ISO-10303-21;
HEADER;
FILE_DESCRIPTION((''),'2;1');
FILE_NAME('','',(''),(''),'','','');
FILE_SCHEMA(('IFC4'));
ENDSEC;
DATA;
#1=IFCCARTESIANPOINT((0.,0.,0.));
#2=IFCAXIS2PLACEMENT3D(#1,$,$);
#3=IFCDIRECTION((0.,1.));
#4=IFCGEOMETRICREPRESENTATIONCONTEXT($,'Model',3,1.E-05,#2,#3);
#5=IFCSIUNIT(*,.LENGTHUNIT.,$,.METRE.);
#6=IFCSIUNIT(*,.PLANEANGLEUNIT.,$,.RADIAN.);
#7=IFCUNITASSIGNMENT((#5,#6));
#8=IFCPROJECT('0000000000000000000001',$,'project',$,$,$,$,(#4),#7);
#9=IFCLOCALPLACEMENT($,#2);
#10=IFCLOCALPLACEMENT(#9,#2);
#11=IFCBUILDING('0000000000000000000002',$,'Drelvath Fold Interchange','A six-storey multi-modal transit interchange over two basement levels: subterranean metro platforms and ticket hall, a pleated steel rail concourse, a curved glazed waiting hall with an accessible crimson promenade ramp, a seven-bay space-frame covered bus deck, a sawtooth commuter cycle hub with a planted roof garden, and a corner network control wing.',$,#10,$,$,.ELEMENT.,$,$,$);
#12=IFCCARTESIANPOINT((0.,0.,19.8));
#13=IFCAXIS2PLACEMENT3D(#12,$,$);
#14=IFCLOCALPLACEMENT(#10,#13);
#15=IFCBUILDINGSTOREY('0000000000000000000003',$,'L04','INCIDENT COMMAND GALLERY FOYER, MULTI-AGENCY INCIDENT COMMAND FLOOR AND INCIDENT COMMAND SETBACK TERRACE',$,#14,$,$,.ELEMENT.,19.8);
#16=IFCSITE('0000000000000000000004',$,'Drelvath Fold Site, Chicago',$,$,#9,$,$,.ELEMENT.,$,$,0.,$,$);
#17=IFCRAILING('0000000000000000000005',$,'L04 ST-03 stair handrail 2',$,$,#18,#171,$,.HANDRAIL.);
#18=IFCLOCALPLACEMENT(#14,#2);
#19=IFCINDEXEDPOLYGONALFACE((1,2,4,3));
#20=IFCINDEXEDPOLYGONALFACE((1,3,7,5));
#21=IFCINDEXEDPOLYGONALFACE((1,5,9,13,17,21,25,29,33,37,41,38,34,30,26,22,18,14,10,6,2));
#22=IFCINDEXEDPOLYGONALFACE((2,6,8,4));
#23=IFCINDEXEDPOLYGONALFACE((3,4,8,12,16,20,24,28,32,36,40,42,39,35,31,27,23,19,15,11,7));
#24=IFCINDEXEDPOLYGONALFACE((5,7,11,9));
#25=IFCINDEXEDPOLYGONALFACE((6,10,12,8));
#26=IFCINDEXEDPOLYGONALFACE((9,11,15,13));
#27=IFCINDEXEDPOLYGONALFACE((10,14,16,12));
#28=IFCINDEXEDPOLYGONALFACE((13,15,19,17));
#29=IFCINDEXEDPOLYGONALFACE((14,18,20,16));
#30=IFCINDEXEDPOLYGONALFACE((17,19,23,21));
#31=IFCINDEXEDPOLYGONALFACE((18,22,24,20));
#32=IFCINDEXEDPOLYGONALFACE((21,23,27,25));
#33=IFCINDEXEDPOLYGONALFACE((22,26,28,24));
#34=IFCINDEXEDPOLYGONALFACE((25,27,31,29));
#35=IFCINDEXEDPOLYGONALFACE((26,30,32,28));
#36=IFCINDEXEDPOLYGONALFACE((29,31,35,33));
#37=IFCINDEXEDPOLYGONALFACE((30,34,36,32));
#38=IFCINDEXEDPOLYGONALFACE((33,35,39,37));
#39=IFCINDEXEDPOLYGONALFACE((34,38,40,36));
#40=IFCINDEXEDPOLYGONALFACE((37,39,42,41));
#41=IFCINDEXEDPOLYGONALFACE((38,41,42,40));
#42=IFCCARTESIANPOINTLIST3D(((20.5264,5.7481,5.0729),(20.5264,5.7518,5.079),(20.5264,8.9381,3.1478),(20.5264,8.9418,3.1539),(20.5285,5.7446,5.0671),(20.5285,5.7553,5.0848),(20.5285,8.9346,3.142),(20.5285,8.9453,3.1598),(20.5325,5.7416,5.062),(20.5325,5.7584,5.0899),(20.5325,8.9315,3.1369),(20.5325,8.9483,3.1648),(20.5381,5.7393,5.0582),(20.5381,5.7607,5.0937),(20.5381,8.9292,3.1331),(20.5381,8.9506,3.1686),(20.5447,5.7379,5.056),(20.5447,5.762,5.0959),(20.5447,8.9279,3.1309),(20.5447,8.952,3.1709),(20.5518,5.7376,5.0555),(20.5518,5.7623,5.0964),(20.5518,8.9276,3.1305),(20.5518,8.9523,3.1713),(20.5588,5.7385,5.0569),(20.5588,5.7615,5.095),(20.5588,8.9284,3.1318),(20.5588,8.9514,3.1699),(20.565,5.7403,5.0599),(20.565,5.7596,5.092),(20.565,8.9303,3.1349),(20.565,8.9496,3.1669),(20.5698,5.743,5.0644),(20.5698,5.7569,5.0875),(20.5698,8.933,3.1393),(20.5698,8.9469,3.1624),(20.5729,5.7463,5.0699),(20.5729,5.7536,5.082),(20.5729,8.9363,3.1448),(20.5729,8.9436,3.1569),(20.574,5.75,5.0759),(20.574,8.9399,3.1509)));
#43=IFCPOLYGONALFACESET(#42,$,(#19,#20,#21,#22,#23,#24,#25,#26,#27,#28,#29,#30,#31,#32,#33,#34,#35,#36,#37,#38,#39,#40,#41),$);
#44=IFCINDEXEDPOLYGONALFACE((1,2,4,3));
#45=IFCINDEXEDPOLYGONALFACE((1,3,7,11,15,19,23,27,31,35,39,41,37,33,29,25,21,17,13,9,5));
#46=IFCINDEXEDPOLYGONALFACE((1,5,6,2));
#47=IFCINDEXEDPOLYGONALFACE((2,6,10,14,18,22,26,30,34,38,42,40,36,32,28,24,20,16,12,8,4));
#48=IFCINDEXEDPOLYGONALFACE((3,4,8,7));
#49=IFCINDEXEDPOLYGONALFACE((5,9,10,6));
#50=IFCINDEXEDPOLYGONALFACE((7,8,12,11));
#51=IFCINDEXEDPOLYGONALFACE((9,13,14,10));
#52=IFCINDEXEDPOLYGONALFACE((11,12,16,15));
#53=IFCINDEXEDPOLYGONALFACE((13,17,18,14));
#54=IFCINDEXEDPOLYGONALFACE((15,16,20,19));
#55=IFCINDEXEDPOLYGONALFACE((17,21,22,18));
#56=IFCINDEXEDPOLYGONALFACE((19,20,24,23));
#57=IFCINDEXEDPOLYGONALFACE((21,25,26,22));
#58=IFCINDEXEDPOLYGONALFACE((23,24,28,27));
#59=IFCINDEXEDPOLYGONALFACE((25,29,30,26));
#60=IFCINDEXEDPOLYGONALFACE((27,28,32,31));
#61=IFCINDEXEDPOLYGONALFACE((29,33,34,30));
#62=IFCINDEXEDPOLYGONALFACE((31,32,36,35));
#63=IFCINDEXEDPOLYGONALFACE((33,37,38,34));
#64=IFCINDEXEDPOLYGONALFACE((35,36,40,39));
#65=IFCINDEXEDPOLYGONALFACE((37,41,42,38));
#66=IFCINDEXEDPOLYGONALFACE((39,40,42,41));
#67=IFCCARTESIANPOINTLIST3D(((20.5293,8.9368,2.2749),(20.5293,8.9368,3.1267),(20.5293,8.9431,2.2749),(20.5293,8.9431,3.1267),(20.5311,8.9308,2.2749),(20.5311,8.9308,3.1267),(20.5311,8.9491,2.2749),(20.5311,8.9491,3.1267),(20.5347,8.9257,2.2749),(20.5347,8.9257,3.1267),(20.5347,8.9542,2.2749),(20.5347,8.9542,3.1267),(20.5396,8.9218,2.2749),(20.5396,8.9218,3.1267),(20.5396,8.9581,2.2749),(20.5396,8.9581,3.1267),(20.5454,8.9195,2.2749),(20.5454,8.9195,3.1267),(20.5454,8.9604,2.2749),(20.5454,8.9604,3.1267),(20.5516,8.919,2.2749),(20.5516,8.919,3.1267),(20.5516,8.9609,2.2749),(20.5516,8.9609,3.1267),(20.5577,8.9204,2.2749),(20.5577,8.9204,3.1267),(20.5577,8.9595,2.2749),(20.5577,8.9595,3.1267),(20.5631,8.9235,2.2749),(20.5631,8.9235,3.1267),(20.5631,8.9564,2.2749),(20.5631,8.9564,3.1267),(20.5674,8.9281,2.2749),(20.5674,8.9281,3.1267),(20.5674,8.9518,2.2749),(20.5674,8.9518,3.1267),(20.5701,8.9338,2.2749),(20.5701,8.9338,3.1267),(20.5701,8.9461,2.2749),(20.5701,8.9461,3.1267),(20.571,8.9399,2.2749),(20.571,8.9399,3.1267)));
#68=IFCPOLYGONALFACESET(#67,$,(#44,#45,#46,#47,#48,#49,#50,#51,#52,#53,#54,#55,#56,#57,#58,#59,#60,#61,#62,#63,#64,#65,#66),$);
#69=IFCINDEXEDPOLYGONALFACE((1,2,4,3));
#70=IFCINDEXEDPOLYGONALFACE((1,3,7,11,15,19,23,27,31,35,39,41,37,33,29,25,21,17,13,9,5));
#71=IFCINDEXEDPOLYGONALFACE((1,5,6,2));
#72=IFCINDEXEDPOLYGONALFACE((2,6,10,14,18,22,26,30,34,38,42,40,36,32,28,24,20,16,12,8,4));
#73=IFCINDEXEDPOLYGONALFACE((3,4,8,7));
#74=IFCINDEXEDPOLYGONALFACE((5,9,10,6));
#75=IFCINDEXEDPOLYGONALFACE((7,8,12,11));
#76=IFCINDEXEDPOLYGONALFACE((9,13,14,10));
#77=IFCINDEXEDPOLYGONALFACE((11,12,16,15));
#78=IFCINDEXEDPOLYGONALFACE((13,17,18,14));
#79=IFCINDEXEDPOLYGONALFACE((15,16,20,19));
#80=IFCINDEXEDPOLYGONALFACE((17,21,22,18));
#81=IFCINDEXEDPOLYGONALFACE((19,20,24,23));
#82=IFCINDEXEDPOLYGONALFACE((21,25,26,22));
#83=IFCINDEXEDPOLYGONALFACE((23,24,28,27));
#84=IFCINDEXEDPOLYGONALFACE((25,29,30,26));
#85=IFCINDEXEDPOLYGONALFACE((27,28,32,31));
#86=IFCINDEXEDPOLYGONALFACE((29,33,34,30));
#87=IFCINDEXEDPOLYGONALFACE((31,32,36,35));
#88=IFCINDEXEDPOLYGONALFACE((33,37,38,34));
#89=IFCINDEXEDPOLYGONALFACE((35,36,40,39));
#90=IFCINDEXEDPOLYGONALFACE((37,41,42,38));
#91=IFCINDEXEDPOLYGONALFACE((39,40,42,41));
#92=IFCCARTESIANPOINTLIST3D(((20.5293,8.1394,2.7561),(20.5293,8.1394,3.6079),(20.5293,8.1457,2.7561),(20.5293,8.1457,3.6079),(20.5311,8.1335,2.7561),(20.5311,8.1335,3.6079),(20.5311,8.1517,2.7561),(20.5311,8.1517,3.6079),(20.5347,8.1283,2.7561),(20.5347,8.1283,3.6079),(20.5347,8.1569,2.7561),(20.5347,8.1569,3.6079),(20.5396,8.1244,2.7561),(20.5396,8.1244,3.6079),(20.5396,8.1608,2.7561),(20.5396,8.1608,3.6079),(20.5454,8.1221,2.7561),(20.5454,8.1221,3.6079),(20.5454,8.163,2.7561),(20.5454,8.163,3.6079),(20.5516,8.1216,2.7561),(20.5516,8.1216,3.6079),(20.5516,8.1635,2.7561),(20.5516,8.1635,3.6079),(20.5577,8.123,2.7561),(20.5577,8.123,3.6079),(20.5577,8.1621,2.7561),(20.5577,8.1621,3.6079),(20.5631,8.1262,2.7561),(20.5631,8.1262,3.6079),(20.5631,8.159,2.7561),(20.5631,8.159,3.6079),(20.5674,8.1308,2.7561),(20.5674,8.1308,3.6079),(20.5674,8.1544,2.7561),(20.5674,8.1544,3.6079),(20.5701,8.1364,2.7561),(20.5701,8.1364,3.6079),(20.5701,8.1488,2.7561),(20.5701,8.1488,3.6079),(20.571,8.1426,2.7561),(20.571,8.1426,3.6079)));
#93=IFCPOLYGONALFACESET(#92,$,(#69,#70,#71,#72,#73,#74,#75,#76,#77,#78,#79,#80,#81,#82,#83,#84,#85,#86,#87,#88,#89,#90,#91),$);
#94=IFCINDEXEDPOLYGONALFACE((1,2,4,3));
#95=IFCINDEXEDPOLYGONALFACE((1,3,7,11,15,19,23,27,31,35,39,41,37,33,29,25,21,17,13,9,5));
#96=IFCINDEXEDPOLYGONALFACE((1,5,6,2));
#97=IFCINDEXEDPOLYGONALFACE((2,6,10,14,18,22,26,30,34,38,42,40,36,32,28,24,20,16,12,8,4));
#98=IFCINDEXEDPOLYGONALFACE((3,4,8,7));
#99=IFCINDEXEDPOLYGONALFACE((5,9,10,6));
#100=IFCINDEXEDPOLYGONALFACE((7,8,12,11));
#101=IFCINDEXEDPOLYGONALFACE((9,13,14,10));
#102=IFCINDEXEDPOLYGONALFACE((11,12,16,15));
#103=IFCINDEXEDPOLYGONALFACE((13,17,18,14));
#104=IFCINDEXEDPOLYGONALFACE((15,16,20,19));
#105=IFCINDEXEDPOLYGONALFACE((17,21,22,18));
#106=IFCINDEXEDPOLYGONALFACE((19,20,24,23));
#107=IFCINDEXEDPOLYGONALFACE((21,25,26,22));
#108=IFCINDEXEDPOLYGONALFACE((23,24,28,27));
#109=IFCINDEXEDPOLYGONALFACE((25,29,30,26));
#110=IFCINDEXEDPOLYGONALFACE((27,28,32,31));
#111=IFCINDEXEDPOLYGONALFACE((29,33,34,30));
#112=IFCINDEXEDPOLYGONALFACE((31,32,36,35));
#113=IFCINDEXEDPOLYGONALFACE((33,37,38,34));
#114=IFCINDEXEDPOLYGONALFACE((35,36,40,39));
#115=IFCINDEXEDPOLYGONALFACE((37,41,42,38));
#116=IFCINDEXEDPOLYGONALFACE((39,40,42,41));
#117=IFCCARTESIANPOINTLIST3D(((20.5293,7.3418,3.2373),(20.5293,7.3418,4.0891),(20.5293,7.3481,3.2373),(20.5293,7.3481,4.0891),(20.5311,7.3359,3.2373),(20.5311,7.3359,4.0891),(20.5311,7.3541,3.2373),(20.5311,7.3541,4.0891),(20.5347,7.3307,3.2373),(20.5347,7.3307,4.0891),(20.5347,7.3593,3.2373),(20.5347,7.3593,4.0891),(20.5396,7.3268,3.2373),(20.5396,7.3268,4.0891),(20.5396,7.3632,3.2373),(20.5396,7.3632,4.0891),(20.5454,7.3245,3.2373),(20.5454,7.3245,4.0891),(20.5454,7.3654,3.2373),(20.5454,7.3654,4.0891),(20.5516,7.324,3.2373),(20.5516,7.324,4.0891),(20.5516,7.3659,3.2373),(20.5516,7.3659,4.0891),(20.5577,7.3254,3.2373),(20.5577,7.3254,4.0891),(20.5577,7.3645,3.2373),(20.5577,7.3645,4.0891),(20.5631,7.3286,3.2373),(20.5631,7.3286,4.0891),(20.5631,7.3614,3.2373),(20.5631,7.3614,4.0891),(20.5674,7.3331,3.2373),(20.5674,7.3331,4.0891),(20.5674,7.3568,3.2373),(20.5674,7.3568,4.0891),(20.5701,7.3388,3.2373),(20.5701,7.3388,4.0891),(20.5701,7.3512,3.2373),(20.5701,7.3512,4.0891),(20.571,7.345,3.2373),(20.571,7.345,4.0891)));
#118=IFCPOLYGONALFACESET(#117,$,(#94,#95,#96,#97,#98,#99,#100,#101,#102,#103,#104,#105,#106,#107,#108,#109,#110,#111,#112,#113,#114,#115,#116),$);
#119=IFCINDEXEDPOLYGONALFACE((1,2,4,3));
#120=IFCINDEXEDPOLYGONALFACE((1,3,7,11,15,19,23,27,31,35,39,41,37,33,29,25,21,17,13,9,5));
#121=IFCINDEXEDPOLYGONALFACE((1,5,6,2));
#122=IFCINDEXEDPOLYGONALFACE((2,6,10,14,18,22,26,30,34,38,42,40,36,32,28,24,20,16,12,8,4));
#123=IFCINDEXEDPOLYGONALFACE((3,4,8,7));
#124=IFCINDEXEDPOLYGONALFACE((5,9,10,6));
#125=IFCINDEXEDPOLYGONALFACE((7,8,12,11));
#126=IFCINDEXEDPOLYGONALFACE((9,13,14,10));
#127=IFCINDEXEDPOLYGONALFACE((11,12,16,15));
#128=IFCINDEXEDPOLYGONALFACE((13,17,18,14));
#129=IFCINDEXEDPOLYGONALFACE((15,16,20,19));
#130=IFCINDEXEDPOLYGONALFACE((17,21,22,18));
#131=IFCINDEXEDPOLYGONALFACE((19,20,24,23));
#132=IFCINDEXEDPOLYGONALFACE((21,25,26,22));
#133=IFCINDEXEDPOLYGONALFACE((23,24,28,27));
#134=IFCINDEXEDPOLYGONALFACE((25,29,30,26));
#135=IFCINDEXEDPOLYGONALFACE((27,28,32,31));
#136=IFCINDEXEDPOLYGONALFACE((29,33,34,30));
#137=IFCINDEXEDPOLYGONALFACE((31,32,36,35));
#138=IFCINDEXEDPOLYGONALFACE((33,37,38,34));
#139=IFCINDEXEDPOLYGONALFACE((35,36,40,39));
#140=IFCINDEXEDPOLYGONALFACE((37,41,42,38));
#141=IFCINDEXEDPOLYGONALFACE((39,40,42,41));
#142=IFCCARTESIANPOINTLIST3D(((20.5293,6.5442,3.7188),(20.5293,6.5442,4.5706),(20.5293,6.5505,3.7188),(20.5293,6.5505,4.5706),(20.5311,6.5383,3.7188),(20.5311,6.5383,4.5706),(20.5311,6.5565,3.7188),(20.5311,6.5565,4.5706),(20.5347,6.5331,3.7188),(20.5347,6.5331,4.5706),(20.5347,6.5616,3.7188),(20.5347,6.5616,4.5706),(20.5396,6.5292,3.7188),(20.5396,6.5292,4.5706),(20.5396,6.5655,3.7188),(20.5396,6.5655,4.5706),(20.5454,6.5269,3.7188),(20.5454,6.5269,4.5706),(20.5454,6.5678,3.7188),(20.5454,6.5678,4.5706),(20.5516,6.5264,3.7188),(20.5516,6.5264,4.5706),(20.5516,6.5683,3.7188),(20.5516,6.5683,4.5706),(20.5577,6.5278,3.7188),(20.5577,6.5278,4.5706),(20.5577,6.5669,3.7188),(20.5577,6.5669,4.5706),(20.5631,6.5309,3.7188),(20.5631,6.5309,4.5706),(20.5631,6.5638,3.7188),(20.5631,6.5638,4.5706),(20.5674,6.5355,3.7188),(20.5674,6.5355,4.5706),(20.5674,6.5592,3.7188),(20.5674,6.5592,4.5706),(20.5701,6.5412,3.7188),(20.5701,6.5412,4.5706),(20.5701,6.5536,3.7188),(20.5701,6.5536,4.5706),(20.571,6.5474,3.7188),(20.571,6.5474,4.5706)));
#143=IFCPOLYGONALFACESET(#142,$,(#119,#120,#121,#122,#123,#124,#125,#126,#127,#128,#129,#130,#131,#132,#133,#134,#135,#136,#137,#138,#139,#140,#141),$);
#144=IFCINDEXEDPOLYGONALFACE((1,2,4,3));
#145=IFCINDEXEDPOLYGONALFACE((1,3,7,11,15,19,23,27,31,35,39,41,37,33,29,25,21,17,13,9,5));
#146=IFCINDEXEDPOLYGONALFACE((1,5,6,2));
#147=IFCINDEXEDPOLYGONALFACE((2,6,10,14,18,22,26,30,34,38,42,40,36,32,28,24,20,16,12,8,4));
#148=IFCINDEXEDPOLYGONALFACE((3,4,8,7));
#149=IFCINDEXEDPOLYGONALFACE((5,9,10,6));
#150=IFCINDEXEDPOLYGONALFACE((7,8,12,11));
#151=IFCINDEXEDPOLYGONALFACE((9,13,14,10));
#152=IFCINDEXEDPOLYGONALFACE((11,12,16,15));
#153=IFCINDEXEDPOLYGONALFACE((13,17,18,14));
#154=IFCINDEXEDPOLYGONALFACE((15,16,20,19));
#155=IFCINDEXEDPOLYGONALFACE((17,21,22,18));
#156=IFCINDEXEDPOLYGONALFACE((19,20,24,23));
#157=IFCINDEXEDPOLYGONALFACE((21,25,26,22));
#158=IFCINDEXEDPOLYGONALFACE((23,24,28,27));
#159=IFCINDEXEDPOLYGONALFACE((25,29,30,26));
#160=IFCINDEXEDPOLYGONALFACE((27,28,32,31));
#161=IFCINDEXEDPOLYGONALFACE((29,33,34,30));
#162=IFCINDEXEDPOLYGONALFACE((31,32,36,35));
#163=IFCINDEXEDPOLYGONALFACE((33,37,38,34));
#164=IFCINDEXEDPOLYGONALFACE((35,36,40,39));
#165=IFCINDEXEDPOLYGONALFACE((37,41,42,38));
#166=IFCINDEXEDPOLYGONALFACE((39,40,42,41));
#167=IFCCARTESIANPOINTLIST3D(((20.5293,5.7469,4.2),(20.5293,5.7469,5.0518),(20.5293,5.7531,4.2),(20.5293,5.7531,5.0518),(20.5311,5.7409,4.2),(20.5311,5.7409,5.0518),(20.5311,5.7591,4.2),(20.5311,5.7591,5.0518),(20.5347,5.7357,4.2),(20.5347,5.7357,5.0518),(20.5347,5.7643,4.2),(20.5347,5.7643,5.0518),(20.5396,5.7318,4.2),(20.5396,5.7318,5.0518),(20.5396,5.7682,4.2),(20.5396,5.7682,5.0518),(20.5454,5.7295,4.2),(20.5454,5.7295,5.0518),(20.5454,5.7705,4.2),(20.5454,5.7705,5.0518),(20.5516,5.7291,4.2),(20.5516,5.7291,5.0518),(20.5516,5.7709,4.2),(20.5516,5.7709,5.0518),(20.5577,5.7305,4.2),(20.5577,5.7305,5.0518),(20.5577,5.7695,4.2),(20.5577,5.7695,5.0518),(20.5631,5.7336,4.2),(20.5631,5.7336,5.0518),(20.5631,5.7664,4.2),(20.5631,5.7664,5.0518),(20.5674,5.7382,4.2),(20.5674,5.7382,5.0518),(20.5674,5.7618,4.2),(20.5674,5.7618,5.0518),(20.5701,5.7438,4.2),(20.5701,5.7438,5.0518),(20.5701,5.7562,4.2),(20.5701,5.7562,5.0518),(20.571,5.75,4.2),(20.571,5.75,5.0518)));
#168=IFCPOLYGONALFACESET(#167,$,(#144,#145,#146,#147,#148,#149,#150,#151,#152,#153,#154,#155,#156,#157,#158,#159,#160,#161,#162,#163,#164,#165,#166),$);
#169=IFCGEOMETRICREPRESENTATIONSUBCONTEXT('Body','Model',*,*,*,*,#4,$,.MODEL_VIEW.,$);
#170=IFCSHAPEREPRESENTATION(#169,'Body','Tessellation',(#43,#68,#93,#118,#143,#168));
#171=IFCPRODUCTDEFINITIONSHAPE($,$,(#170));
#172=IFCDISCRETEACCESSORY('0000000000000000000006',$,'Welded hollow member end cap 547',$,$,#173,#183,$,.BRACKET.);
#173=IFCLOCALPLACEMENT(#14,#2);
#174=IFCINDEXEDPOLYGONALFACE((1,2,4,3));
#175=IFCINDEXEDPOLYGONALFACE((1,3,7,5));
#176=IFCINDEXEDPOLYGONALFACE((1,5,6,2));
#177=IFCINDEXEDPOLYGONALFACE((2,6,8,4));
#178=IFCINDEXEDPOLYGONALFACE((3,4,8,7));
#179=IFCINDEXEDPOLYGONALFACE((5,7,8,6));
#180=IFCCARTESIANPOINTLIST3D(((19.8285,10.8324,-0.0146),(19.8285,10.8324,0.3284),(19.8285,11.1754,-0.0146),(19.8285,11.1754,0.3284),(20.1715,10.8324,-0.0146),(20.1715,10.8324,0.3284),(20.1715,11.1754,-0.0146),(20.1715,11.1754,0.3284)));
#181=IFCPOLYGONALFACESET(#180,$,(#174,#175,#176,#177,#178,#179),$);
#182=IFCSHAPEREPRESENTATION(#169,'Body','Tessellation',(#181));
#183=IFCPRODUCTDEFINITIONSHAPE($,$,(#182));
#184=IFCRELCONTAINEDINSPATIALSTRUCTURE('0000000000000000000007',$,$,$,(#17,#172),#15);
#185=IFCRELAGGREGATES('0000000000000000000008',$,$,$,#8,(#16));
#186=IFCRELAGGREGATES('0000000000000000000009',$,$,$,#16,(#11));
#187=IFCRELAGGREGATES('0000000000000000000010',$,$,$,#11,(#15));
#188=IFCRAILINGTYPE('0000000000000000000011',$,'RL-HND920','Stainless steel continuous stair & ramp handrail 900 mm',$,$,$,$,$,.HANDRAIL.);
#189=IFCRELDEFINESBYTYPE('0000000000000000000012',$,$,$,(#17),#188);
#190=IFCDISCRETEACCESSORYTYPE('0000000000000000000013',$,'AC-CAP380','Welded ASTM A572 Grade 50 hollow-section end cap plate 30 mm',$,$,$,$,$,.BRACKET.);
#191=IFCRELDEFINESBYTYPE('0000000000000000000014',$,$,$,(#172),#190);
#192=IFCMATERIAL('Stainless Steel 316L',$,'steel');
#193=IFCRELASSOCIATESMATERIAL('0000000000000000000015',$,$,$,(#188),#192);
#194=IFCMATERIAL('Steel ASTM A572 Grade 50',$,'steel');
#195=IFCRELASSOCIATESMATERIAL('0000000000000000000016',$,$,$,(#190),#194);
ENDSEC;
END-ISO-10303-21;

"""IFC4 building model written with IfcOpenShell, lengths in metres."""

from ifc_helpers import new_model, si_unit, direction, frame, origin, origin_2d, place, context, subcontext, project, spatial, rectangle, circle, extrude, material, type_object, element, save


model = new_model("IFC4")

# Units and contexts
model_context = context("Model", 3, precision=1e-05, world=origin(), true_north=direction((0.0, 1.0)))
body_context = subcontext(model_context, "Body", "Model", "MODEL_VIEW")
ifc_project = project(units=[si_unit("LENGTHUNIT", "METRE"), si_unit("PLANEANGLEUNIT", "RADIAN")], contexts=[model_context])

# Site, building, storey
site_placement = place(None, origin())
site = spatial("IfcSite", under=ifc_project, at=site_placement, Name="Drelvath Fold Site, Chicago", CompositionType="ELEMENT", RefElevation=0.0)
building_placement = place(site_placement, origin())
building = spatial("IfcBuilding", under=site, at=building_placement, Name="Drelvath Fold Interchange", Description="A six-storey multi-modal transit interchange over two basement levels: subterranean metro platforms and ticket hall, a pleated steel rail concourse, a curved glazed waiting hall with an accessible crimson promenade ramp, a seven-bay space-frame covered bus deck, a sawtooth commuter cycle hub with a planted roof garden, and a corner network control wing.", CompositionType="ELEMENT")
storey_placement = place(building_placement, frame((0.0, 0.0, 19.8)))
storey = spatial("IfcBuildingStorey", under=building, at=storey_placement, Name="L04", Description="INCIDENT COMMAND GALLERY FOYER, MULTI-AGENCY INCIDENT COMMAND FLOOR AND INCIDENT COMMAND SETBACK TERRACE", CompositionType="ELEMENT", Elevation=19.8)

# Shared definitions
ifc_material_1 = material(Name="Steel ASTM A572 Grade 50", Category="steel")

# Railing
ifc_material_2 = material(Name="Stainless Steel 316L", Category="steel")
railing_type_1 = type_object("IfcRailingType", Name="RL-HND920", Description="Stainless steel continuous stair & ramp handrail 900 mm", PredefinedType="HANDRAIL", material=ifc_material_2)
railing_1_placement = place(storey_placement, frame((20.55, 8.9399, 2.2749)))
element("IfcRailing", 1, at=railing_1_placement, inside=storey, type_object=railing_type_1, Name="L04 ST-03 stair handrail 2", PredefinedType="HANDRAIL", context=body_context, shape_type="SweptSolid", body=[
    extrude(circle(Radius=0.0239, at=origin_2d()), frame((0.0, 0.0, 0.876), z_axis=(0.0, -0.856178, 0.516682), x_axis=(1.0, 0.0, 0.0)), (0.0, 0.0, 1.0), 3.7258),
    extrude(circle(Radius=0.021, at=origin_2d()), origin(), (0.0, 0.0, 1.0), 0.8518),
    extrude(circle(Radius=0.021, at=origin_2d()), frame((0.0, -0.7974, 0.4812)), (0.0, 0.0, 1.0), 0.8518),
    extrude(circle(Radius=0.021, at=origin_2d()), frame((0.0, -1.595, 0.9624)), (0.0, 0.0, 1.0), 0.8518),
    extrude(circle(Radius=0.021, at=origin_2d()), frame((0.0, -2.3926, 1.4438)), (0.0, 0.0, 1.0), 0.8518),
    extrude(circle(Radius=0.021, at=origin_2d()), frame((0.0, -3.1899, 1.925)), (0.0, 0.0, 1.0), 0.8518),
])

# Discrete accessory
discrete_accessory_type = type_object("IfcDiscreteAccessoryType", Name="AC-CAP380", Description="Welded ASTM A572 Grade 50 hollow-section end cap plate 30 mm", PredefinedType="BRACKET", material=ifc_material_1)
discrete_accessory_placement = place(storey_placement, frame((20.0, 11.0039, -0.0146), z_axis=(0.0, 0.0, 1.0), x_axis=(1.0, 0.0, 0.0)))
element("IfcDiscreteAccessory", 2, at=discrete_accessory_placement, inside=storey, type_object=discrete_accessory_type, Name="Welded hollow member end cap 547", PredefinedType="BRACKET", context=body_context, shape_type="SweptSolid", body=[
    extrude(rectangle(XDim=0.343, YDim=0.343, at=origin_2d()), origin(), (0.0, 0.0, 1.0), 0.343),
])

save(model, "model.ifc")
